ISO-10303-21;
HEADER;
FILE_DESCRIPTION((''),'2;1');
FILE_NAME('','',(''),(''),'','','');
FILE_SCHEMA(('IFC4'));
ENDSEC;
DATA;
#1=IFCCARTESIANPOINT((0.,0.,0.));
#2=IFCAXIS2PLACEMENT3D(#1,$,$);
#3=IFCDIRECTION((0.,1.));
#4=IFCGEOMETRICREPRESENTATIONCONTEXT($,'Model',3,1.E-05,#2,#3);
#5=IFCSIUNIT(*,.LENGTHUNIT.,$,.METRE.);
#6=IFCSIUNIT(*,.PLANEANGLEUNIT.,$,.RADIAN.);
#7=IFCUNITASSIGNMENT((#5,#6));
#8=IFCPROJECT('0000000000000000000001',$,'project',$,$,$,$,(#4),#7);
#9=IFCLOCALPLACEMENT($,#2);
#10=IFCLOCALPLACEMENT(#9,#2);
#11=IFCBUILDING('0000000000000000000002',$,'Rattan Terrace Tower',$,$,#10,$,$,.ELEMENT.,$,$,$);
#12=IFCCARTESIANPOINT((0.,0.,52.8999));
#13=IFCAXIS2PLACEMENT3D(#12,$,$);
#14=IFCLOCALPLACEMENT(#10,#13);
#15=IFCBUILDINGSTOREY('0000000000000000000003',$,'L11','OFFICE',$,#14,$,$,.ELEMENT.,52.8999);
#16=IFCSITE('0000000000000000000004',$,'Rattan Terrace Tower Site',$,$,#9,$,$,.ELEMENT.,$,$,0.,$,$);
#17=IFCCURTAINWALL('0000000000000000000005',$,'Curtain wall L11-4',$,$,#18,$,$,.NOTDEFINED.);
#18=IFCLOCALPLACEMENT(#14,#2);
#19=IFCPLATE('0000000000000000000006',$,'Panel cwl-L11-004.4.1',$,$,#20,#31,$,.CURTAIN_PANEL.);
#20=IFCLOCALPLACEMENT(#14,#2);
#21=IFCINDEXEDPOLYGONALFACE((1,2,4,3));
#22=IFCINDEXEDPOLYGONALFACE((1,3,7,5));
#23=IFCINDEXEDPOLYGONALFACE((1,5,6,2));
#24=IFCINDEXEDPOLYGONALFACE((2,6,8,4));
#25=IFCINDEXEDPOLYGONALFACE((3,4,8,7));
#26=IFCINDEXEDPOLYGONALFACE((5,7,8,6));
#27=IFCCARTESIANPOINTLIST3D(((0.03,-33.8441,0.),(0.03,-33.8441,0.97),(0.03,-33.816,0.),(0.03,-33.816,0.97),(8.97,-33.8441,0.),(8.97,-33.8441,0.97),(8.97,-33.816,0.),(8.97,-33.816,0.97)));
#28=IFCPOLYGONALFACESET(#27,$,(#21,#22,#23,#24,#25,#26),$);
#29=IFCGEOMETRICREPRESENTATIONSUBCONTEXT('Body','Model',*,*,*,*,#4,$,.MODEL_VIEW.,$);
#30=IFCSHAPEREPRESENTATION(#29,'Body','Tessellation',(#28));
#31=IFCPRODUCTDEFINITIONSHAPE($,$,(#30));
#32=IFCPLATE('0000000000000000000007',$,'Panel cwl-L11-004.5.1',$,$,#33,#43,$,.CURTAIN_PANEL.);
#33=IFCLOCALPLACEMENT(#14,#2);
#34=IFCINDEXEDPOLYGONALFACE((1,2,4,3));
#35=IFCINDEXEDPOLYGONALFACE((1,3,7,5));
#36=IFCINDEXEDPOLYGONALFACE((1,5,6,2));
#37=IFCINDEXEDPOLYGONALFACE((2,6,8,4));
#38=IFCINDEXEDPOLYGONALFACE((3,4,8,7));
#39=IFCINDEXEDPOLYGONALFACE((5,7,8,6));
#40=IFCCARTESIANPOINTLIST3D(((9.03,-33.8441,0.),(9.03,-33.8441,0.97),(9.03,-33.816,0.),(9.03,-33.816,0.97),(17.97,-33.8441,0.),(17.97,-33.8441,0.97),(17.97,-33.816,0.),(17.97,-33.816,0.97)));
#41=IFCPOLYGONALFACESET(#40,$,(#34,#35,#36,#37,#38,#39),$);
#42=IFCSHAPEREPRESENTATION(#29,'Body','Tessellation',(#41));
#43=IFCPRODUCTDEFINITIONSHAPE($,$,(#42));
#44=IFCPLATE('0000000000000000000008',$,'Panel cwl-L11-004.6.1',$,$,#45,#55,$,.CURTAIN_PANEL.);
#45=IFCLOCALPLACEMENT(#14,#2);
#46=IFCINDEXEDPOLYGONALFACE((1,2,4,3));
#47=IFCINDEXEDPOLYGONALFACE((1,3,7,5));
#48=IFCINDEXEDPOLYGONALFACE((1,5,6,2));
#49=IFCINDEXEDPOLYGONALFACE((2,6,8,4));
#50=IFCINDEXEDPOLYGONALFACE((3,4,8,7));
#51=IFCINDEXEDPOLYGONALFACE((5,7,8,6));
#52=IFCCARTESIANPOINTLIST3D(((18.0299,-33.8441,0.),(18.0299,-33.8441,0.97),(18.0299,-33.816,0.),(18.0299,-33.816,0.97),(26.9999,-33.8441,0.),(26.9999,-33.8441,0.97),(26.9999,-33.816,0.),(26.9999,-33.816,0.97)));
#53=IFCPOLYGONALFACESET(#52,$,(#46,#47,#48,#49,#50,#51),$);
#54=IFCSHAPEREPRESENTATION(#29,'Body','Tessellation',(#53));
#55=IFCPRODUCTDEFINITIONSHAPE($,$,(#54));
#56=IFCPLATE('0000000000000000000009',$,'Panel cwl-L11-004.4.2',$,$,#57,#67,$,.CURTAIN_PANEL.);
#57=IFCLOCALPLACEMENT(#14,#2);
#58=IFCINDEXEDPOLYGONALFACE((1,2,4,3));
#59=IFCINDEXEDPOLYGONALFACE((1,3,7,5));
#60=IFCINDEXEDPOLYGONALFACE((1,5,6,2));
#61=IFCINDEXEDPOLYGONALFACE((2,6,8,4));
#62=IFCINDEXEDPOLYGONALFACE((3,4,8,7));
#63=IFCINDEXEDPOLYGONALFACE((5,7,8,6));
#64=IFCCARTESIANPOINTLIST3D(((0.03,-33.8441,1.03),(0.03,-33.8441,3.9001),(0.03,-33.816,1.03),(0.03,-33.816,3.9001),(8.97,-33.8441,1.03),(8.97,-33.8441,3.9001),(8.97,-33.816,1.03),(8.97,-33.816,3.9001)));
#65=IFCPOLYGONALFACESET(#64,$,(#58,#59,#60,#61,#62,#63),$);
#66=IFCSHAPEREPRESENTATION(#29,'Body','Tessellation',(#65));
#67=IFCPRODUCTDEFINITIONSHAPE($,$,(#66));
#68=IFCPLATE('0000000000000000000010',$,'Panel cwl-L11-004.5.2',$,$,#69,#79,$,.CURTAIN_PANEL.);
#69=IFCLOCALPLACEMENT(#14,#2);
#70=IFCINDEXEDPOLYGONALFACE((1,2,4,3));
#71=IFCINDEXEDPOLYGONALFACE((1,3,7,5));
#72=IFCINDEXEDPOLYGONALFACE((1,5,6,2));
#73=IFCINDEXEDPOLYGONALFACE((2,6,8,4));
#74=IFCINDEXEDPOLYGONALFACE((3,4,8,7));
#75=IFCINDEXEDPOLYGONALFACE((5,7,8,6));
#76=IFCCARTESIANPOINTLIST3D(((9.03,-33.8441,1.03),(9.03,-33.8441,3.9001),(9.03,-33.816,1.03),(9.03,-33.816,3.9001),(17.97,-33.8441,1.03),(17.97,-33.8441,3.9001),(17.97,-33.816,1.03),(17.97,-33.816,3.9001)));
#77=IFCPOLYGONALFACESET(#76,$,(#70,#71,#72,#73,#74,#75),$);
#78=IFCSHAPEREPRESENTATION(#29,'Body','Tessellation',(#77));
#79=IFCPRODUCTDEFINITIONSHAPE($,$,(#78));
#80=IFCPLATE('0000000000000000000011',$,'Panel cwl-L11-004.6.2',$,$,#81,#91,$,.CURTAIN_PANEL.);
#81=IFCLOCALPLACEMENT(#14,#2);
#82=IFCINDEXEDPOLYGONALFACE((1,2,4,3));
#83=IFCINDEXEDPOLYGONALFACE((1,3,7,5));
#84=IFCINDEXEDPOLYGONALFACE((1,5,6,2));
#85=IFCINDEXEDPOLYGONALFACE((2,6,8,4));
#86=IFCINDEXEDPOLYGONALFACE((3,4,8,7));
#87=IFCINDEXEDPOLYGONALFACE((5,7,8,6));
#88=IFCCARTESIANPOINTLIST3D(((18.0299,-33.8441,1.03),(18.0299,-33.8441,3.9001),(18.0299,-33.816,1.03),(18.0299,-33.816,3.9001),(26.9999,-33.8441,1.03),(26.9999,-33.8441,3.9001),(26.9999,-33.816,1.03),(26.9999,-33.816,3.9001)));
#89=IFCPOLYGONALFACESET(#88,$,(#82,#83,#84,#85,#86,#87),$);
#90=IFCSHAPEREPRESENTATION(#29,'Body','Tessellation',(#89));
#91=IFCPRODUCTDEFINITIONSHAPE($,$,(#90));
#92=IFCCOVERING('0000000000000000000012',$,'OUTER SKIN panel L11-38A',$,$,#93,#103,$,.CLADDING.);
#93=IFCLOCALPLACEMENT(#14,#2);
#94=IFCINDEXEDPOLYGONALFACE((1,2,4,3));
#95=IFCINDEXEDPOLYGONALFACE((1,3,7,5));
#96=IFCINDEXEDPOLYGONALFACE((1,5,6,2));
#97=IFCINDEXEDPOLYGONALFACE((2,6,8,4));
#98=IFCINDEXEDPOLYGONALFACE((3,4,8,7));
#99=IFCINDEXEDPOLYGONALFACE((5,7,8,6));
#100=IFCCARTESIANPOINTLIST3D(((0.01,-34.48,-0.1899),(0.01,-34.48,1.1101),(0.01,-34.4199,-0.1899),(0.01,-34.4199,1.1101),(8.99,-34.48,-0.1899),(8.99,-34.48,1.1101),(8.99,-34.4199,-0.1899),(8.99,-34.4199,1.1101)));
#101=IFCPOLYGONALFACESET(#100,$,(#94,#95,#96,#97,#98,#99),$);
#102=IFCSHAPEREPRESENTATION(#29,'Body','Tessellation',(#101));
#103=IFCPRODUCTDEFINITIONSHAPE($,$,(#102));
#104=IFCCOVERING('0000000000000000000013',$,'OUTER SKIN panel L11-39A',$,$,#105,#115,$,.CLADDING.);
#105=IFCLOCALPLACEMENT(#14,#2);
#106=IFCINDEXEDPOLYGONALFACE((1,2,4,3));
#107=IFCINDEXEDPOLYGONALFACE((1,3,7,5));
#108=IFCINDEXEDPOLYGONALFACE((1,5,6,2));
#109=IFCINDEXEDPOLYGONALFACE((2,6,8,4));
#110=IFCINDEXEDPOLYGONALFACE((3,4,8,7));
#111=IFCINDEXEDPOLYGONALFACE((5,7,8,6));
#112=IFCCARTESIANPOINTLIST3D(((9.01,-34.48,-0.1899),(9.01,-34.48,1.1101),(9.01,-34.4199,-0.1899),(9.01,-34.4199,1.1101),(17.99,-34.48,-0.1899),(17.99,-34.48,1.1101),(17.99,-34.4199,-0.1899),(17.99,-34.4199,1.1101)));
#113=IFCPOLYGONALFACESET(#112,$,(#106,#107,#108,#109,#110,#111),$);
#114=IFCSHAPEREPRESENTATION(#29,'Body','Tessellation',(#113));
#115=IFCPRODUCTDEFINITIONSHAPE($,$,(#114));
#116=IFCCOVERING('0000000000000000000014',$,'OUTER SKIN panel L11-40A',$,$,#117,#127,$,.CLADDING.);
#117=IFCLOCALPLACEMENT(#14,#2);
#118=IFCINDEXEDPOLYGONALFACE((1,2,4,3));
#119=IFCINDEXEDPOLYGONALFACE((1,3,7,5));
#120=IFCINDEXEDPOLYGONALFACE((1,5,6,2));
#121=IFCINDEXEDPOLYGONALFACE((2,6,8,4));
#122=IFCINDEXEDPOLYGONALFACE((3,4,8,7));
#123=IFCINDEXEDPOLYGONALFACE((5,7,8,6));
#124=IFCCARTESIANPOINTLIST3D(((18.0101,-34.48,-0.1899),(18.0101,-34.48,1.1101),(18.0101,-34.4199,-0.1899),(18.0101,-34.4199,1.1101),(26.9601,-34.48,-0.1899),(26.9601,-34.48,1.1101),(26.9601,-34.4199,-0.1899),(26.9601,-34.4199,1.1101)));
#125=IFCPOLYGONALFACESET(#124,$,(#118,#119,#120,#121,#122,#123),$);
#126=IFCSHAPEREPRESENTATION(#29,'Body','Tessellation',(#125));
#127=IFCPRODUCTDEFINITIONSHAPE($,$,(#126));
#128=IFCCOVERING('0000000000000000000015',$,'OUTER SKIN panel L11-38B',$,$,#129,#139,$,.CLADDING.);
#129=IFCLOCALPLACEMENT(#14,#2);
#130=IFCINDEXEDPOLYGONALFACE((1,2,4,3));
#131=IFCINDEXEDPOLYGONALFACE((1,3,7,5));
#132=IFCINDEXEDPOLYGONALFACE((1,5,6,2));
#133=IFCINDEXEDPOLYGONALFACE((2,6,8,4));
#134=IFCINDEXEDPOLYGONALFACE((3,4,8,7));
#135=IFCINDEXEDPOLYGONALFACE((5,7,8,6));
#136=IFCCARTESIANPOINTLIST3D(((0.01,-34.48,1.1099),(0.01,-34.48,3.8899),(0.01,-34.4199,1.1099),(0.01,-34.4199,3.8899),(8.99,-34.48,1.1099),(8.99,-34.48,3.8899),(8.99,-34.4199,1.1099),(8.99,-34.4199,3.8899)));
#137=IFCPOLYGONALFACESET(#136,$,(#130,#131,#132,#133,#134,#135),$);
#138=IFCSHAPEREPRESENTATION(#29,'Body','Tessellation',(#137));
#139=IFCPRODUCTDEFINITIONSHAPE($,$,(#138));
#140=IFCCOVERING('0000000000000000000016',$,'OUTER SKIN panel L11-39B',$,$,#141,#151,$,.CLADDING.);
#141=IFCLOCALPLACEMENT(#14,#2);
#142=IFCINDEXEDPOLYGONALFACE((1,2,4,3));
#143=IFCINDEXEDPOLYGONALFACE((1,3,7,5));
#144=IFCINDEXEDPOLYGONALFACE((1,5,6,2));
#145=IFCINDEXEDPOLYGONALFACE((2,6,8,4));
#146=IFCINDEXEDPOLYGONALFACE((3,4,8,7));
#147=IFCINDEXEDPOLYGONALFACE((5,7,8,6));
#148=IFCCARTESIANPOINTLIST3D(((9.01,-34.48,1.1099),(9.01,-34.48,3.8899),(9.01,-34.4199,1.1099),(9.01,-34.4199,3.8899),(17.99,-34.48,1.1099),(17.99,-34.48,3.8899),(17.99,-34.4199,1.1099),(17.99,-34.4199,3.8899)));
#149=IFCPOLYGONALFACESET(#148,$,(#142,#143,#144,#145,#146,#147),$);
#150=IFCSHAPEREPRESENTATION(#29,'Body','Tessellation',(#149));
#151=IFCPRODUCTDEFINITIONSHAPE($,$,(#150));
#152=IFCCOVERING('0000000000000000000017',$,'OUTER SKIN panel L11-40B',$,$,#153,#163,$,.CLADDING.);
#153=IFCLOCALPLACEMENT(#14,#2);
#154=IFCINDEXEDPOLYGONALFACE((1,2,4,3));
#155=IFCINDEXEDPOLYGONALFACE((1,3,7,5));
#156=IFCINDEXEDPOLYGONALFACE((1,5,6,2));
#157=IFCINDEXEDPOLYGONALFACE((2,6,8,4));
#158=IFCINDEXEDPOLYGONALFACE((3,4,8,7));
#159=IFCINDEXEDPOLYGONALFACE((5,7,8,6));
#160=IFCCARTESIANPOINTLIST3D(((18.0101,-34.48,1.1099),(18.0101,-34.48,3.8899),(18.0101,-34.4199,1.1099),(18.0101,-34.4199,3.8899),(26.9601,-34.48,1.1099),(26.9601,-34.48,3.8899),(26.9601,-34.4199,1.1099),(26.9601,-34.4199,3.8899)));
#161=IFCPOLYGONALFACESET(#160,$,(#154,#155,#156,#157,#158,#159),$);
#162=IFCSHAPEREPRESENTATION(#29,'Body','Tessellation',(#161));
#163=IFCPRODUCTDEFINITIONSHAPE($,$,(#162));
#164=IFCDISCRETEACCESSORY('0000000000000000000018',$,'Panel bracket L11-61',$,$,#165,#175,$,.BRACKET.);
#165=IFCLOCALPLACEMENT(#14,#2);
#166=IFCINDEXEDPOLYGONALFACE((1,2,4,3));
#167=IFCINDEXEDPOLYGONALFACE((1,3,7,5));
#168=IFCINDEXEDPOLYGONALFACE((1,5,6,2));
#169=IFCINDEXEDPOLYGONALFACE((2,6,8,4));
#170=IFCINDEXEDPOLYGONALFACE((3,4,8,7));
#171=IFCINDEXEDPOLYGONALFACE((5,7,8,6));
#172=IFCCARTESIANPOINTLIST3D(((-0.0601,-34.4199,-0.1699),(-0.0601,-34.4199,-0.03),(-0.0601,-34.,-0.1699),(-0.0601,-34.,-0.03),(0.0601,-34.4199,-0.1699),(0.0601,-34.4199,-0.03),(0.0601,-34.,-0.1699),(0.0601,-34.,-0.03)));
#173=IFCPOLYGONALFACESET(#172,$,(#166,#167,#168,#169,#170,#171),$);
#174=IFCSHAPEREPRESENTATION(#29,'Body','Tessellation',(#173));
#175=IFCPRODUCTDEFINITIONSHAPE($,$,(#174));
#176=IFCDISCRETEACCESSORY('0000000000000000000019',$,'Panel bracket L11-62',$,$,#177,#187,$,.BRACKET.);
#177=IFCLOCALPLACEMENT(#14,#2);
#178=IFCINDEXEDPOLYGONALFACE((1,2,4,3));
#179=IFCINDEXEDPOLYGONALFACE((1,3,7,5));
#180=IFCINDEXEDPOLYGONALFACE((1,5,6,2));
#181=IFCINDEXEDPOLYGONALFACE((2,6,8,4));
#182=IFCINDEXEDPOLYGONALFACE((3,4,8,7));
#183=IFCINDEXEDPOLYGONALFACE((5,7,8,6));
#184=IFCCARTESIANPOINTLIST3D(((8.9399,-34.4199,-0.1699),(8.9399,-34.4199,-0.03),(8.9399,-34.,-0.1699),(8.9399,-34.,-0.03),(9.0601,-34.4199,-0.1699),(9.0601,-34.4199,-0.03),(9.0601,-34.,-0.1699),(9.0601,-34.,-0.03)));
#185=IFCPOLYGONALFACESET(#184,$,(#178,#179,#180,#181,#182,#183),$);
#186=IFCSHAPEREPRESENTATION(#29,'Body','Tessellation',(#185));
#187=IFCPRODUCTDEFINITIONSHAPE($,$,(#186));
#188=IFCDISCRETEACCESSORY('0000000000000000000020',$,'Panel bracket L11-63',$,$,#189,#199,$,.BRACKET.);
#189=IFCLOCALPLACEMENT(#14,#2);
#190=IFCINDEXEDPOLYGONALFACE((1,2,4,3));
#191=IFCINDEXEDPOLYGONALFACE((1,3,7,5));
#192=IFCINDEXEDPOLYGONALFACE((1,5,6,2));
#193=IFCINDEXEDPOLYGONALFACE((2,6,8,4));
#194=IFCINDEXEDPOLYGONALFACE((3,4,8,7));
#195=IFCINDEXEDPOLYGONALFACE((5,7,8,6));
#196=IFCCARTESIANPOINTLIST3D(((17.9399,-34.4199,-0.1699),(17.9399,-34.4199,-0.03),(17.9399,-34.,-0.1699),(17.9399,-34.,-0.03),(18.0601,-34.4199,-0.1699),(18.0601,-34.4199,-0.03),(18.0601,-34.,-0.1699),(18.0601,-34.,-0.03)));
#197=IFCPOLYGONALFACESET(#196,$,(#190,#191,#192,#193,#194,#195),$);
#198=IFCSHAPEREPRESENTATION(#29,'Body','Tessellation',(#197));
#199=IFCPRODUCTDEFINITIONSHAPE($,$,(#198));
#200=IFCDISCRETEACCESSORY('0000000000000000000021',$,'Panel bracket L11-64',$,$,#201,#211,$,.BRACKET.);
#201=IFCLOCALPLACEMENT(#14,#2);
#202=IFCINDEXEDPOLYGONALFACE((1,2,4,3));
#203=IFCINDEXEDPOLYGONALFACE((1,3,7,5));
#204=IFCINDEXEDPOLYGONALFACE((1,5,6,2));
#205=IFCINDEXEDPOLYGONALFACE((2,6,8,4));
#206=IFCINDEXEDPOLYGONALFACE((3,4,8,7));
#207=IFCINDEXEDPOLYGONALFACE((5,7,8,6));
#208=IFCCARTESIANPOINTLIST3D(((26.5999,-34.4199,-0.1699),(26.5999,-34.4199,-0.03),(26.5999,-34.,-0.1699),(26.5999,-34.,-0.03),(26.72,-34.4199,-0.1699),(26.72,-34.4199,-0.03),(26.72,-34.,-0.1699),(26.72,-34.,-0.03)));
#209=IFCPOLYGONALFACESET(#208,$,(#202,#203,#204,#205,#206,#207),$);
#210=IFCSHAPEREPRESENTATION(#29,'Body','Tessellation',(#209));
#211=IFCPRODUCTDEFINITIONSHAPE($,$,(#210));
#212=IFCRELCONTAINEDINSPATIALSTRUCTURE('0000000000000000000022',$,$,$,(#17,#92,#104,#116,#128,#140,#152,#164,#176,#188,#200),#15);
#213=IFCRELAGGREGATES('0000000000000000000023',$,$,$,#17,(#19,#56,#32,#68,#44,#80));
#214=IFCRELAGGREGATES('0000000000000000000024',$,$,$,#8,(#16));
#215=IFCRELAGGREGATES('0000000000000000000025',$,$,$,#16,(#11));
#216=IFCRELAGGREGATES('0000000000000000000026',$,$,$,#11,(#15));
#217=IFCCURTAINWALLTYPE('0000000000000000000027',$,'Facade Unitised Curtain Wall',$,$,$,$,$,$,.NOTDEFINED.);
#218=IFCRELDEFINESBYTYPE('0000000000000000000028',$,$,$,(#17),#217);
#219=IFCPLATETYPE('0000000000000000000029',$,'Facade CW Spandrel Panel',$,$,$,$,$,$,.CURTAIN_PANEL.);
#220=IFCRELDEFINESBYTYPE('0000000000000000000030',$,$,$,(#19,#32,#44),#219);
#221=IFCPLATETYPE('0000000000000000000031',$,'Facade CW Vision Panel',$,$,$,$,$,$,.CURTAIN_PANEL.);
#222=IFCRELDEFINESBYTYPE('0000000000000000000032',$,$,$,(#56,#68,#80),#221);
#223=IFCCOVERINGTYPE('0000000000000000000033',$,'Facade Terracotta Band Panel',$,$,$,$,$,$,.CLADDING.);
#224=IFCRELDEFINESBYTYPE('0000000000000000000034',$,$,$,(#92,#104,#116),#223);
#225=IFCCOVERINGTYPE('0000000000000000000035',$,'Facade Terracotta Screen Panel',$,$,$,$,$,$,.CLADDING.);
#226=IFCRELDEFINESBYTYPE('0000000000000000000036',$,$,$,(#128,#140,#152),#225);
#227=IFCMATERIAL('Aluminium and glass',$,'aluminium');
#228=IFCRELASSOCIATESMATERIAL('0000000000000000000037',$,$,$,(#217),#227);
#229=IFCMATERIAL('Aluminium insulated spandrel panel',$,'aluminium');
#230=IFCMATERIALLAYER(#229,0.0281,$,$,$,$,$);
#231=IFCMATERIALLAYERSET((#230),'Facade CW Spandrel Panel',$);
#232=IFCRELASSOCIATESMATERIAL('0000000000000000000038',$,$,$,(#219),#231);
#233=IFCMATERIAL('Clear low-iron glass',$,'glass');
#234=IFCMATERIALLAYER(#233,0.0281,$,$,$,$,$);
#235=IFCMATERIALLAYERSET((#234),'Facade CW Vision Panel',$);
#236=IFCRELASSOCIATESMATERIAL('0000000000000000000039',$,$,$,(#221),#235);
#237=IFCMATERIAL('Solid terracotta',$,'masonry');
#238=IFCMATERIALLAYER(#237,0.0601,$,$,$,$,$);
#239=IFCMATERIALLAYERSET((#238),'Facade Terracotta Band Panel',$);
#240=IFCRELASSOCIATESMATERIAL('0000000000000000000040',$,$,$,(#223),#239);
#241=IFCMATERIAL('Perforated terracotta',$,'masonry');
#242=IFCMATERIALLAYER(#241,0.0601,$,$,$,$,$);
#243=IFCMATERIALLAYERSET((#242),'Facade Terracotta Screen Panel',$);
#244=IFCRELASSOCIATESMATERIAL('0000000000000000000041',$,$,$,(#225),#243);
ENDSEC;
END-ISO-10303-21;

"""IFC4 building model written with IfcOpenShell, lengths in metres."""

from ifc_helpers import new_model, si_unit, direction, frame, origin, origin_2d, place, context, subcontext, project, spatial, rectangle, extrude, material, layer, layer_set, type_object, element, aggregate, save


model = new_model("IFC4")

# Units and contexts
model_context = context("Model", 3, precision=1e-05, world=origin(), true_north=direction((0.0, 1.0)))
body_context = subcontext(model_context, "Body", "Model", "MODEL_VIEW")
ifc_project = project(units=[si_unit("LENGTHUNIT", "METRE"), si_unit("PLANEANGLEUNIT", "RADIAN")], contexts=[model_context])

# Site, building, storey
site_placement = place(None, origin())
site = spatial("IfcSite", under=ifc_project, at=site_placement, Name="Rattan Terrace Tower Site", CompositionType="ELEMENT", RefElevation=0.0)
building_placement = place(site_placement, origin())
building = spatial("IfcBuilding", under=site, at=building_placement, Name="Rattan Terrace Tower", CompositionType="ELEMENT")
storey_placement = place(building_placement, frame((0.0, 0.0, 52.8999)))
storey = spatial("IfcBuildingStorey", under=building, at=storey_placement, Name="L11", Description="OFFICE", CompositionType="ELEMENT", Elevation=52.8999)

# Curtain wall
ifc_material_1 = material(Name="Aluminium and glass", Category="aluminium")
curtain_wall_type = type_object("IfcCurtainWallType", Name="Facade Unitised Curtain Wall", PredefinedType="NOTDEFINED", material=ifc_material_1)
curtain_wall_placement = place(storey_placement, origin())
curtain_wall = element("IfcCurtainWall", 1, at=curtain_wall_placement, inside=storey, type_object=curtain_wall_type, Name="Curtain wall L11-4", PredefinedType="NOTDEFINED")

# Plates
ifc_material_2 = material(Name="Aluminium insulated spandrel panel", Category="aluminium")
ifc_layer_1 = layer(ifc_material_2, 0.0281)
ifc_layer_set_1 = layer_set([ifc_layer_1], Name="Facade CW Spandrel Panel")
plate_type_1 = type_object("IfcPlateType", Name="Facade CW Spandrel Panel", PredefinedType="CURTAIN_PANEL", material=ifc_layer_set_1)
plate_1_placement = place(storey_placement, frame((4.5, -33.8301, 0.0), z_axis=(0.0, 0.0, 1.0), x_axis=(1.0, 0.0, 0.0)))
plate_1 = element("IfcPlate", 2, at=plate_1_placement, type_object=plate_type_1, Name="Panel cwl-L11-004.4.1", PredefinedType="CURTAIN_PANEL", context=body_context, shape_type="SweptSolid", body=[
    extrude(rectangle(XDim=8.9399, YDim=0.0281, at=origin_2d()), origin(), (0.0, 0.0, 1.0), 0.97),
])
plate_2_placement = place(storey_placement, frame((13.5, -33.8301, 0.0), z_axis=(0.0, 0.0, 1.0), x_axis=(1.0, 0.0, 0.0)))
plate_2 = element("IfcPlate", 3, at=plate_2_placement, type_object=plate_type_1, Name="Panel cwl-L11-004.5.1", PredefinedType="CURTAIN_PANEL", context=body_context, shape_type="SweptSolid", body=[
    extrude(rectangle(XDim=8.9399, YDim=0.0281, at=origin_2d()), origin(), (0.0, 0.0, 1.0), 0.97),
])
plate_3_placement = place(storey_placement, frame((22.5149, -33.8301, 0.0), z_axis=(0.0, 0.0, 1.0), x_axis=(1.0, 0.0, 0.0)))
plate_3 = element("IfcPlate", 4, at=plate_3_placement, type_object=plate_type_1, Name="Panel cwl-L11-004.6.1", PredefinedType="CURTAIN_PANEL", context=body_context, shape_type="SweptSolid", body=[
    extrude(rectangle(XDim=8.97, YDim=0.0281, at=origin_2d()), origin(), (0.0, 0.0, 1.0), 0.97),
])
ifc_material_3 = material(Name="Clear low-iron glass", Category="glass")
ifc_layer_2 = layer(ifc_material_3, 0.0281)
ifc_layer_set_2 = layer_set([ifc_layer_2], Name="Facade CW Vision Panel")
plate_type_2 = type_object("IfcPlateType", Name="Facade CW Vision Panel", PredefinedType="CURTAIN_PANEL", material=ifc_layer_set_2)
plate_4_placement = place(storey_placement, frame((4.5, -33.8301, 1.03), z_axis=(0.0, 0.0, 1.0), x_axis=(1.0, 0.0, 0.0)))
plate_4 = element("IfcPlate", 5, at=plate_4_placement, type_object=plate_type_2, Name="Panel cwl-L11-004.4.2", PredefinedType="CURTAIN_PANEL", context=body_context, shape_type="SweptSolid", body=[
    extrude(rectangle(XDim=8.9399, YDim=0.0281, at=origin_2d()), origin(), (0.0, 0.0, 1.0), 2.8701),
])
plate_5_placement = place(storey_placement, frame((13.5, -33.8301, 1.03), z_axis=(0.0, 0.0, 1.0), x_axis=(1.0, 0.0, 0.0)))
plate_5 = element("IfcPlate", 6, at=plate_5_placement, type_object=plate_type_2, Name="Panel cwl-L11-004.5.2", PredefinedType="CURTAIN_PANEL", context=body_context, shape_type="SweptSolid", body=[
    extrude(rectangle(XDim=8.9399, YDim=0.0281, at=origin_2d()), origin(), (0.0, 0.0, 1.0), 2.8701),
])
plate_6_placement = place(storey_placement, frame((22.5149, -33.8301, 1.03), z_axis=(0.0, 0.0, 1.0), x_axis=(1.0, 0.0, 0.0)))
plate_6 = element("IfcPlate", 7, at=plate_6_placement, type_object=plate_type_2, Name="Panel cwl-L11-004.6.2", PredefinedType="CURTAIN_PANEL", context=body_context, shape_type="SweptSolid", body=[
    extrude(rectangle(XDim=8.97, YDim=0.0281, at=origin_2d()), origin(), (0.0, 0.0, 1.0), 2.8701),
])
aggregate(curtain_wall, [plate_1, plate_4, plate_2, plate_5, plate_3, plate_6])

# Coverings
ifc_material_4 = material(Name="Solid terracotta", Category="masonry")
ifc_layer_3 = layer(ifc_material_4, 0.0601)
ifc_layer_set_3 = layer_set([ifc_layer_3], Name="Facade Terracotta Band Panel")
covering_type_1 = type_object("IfcCoveringType", Name="Facade Terracotta Band Panel", PredefinedType="CLADDING", material=ifc_layer_set_3)
for number, where, z_axis, x_axis, name in (
    (8, (4.5, -34.45, -0.1899), (0.0, 0.0, 1.0), (1.0, 0.0, 0.0), "OUTER SKIN panel L11-38A"),
    (9, (13.5, -34.45, -0.1899), (0.0, 0.0, 1.0), (1.0, 0.0, 0.0), "OUTER SKIN panel L11-39A"),
):
    element("IfcCovering", number, at=place(storey_placement, frame(where, z_axis=z_axis, x_axis=x_axis)), inside=storey, type_object=covering_type_1, Name=name, PredefinedType="CLADDING", context=body_context, shape_type="SweptSolid", body=[
        extrude(rectangle(XDim=8.98, YDim=0.0601, at=origin_2d()), origin(), (0.0, 0.0, 1.0), 1.3),
    ])
covering_1_placement = place(storey_placement, frame((22.4851, -34.45, -0.1899), z_axis=(0.0, 0.0, 1.0), x_axis=(1.0, 0.0, 0.0)))
element("IfcCovering", 10, at=covering_1_placement, inside=storey, type_object=covering_type_1, Name="OUTER SKIN panel L11-40A", PredefinedType="CLADDING", context=body_context, shape_type="SweptSolid", body=[
    extrude(rectangle(XDim=8.95, YDim=0.0601, at=origin_2d()), origin(), (0.0, 0.0, 1.0), 1.3),
])
ifc_material_5 = material(Name="Perforated terracotta", Category="masonry")
ifc_layer_4 = layer(ifc_material_5, 0.0601)
ifc_layer_set_4 = layer_set([ifc_layer_4], Name="Facade Terracotta Screen Panel")
covering_type_2 = type_object("IfcCoveringType", Name="Facade Terracotta Screen Panel", PredefinedType="CLADDING", material=ifc_layer_set_4)
for number, where, z_axis, x_axis, name in (
    (11, (4.5, -34.45, 1.1099), (0.0, 0.0, 1.0), (1.0, 0.0, 0.0), "OUTER SKIN panel L11-38B"),
    (12, (13.5, -34.45, 1.1099), (0.0, 0.0, 1.0), (1.0, 0.0, 0.0), "OUTER SKIN panel L11-39B"),
):
    element("IfcCovering", number, at=place(storey_placement, frame(where, z_axis=z_axis, x_axis=x_axis)), inside=storey, type_object=covering_type_2, Name=name, PredefinedType="CLADDING", context=body_context, shape_type="SweptSolid", body=[
        extrude(rectangle(XDim=8.98, YDim=0.0601, at=origin_2d()), origin(), (0.0, 0.0, 1.0), 2.78),
    ])
covering_2_placement = place(storey_placement, frame((22.4851, -34.45, 1.1099), z_axis=(0.0, 0.0, 1.0), x_axis=(1.0, 0.0, 0.0)))
element("IfcCovering", 13, at=covering_2_placement, inside=storey, type_object=covering_type_2, Name="OUTER SKIN panel L11-40B", PredefinedType="CLADDING", context=body_context, shape_type="SweptSolid", body=[
    extrude(rectangle(XDim=8.95, YDim=0.0601, at=origin_2d()), origin(), (0.0, 0.0, 1.0), 2.78),
])

# Discrete accessories
for number, where, z_axis, x_axis, name in (
    (14, (0.0, -34.21, -0.1699), (0.0, 0.0, 1.0), (1.0, 0.0, 0.0), "Panel bracket L11-61"),
    (15, (9.0, -34.21, -0.1699), (0.0, 0.0, 1.0), (1.0, 0.0, 0.0), "Panel bracket L11-62"),
    (16, (18.0, -34.21, -0.1699), (0.0, 0.0, 1.0), (1.0, 0.0, 0.0), "Panel bracket L11-63"),
    (17, (26.6599, -34.21, -0.1699), (0.0, 0.0, 1.0), (1.0, 0.0, 0.0), "Panel bracket L11-64"),
):
    element("IfcDiscreteAccessory", number, at=place(storey_placement, frame(where, z_axis=z_axis, x_axis=x_axis)), inside=storey, Name=name, PredefinedType="BRACKET", context=body_context, shape_type="SweptSolid", body=[
        extrude(rectangle(XDim=0.1201, YDim=0.4199, at=origin_2d()), origin(), (0.0, 0.0, 1.0), 0.1399),
    ])

save(model, "model.ifc")
